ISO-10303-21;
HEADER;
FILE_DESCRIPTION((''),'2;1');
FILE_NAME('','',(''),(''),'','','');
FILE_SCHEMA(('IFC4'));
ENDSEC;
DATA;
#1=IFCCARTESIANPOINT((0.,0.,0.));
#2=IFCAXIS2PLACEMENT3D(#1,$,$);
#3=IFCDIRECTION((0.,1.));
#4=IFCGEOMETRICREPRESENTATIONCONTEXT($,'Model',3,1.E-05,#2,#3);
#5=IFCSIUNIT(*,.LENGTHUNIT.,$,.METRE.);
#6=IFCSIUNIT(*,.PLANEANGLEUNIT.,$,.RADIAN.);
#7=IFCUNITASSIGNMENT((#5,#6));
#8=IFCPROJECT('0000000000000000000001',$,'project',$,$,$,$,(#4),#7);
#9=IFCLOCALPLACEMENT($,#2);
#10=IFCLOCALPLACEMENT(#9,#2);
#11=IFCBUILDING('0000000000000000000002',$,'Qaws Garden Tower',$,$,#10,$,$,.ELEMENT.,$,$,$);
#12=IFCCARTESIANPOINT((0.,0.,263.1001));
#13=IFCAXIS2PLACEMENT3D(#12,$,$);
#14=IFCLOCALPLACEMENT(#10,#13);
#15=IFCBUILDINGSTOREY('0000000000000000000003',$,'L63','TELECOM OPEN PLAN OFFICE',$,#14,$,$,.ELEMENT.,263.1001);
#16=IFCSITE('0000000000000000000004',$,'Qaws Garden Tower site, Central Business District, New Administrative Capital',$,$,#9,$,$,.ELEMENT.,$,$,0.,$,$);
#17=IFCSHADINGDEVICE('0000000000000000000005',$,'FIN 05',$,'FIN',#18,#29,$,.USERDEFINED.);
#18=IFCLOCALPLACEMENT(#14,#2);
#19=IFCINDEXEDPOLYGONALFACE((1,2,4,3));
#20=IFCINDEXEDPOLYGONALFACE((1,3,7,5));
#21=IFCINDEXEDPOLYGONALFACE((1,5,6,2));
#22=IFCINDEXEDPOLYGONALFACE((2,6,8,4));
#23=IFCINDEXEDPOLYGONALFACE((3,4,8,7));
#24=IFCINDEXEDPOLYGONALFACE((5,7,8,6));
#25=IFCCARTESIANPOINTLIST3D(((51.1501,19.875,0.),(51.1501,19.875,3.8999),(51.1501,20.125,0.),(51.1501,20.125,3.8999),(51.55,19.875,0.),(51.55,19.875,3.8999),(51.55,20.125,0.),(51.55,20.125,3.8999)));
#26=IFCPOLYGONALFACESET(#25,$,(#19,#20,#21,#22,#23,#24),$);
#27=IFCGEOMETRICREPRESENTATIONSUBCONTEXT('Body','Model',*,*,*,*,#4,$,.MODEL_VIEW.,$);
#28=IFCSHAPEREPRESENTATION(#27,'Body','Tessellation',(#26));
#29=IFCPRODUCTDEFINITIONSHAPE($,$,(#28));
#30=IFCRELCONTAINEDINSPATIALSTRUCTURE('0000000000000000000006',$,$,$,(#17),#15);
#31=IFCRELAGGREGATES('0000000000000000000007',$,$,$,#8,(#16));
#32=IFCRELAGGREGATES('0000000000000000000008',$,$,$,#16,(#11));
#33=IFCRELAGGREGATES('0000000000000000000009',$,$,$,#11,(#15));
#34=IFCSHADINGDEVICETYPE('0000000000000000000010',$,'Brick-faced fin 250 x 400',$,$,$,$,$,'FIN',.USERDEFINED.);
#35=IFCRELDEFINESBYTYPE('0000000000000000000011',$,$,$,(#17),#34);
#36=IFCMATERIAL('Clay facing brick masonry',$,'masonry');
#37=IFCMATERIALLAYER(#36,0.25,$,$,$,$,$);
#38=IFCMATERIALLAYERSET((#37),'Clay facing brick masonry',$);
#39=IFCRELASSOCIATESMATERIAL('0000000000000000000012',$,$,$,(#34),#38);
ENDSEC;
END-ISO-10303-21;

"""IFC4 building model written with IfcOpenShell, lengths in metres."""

from ifc_helpers import new_model, si_unit, direction, frame, origin, origin_2d, place, context, subcontext, project, spatial, rectangle, extrude, material, layer, layer_set, type_object, element, save


model = new_model("IFC4")

# Units and contexts
model_context = context("Model", 3, precision=1e-05, world=origin(), true_north=direction((0.0, 1.0)))
body_context = subcontext(model_context, "Body", "Model", "MODEL_VIEW")
ifc_project = project(units=[si_unit("LENGTHUNIT", "METRE"), si_unit("PLANEANGLEUNIT", "RADIAN")], contexts=[model_context])

# Site, building, storey
site_placement = place(None, origin())
site = spatial("IfcSite", under=ifc_project, at=site_placement, Name="Qaws Garden Tower site, Central Business District, New Administrative Capital", CompositionType="ELEMENT", RefElevation=0.0)
building_placement = place(site_placement, origin())
building = spatial("IfcBuilding", under=site, at=building_placement, Name="Qaws Garden Tower", CompositionType="ELEMENT")
storey_placement = place(building_placement, frame((0.0, 0.0, 263.1001)))
storey = spatial("IfcBuildingStorey", under=building, at=storey_placement, Name="L63", Description="TELECOM OPEN PLAN OFFICE", CompositionType="ELEMENT", Elevation=263.1001)

# Shading device
ifc_material_1 = material(Name="Clay facing brick masonry", Category="masonry")
ifc_layer_1 = layer(ifc_material_1, 0.25)
ifc_layer_set_1 = layer_set([ifc_layer_1], Name="Clay facing brick masonry")
shading_device_type = type_object("IfcShadingDeviceType", Name="Brick-faced fin 250 x 400", ElementType="FIN", PredefinedType="USERDEFINED", material=ifc_layer_set_1)
shading_device_placement = place(storey_placement, frame((51.3501, 20.0, 0.0), z_axis=(0.0, 0.0, 1.0), x_axis=(0.0, 1.0, 0.0)))
element("IfcShadingDevice", 1, at=shading_device_placement, inside=storey, type_object=shading_device_type, Name="FIN 05", ObjectType="FIN", PredefinedType="USERDEFINED", context=body_context, shape_type="SweptSolid", body=[
    extrude(rectangle(XDim=0.25, YDim=0.3999, at=origin_2d()), origin(), (0.0, 0.0, 1.0), 3.8999),
])

save(model, "model.ifc")
